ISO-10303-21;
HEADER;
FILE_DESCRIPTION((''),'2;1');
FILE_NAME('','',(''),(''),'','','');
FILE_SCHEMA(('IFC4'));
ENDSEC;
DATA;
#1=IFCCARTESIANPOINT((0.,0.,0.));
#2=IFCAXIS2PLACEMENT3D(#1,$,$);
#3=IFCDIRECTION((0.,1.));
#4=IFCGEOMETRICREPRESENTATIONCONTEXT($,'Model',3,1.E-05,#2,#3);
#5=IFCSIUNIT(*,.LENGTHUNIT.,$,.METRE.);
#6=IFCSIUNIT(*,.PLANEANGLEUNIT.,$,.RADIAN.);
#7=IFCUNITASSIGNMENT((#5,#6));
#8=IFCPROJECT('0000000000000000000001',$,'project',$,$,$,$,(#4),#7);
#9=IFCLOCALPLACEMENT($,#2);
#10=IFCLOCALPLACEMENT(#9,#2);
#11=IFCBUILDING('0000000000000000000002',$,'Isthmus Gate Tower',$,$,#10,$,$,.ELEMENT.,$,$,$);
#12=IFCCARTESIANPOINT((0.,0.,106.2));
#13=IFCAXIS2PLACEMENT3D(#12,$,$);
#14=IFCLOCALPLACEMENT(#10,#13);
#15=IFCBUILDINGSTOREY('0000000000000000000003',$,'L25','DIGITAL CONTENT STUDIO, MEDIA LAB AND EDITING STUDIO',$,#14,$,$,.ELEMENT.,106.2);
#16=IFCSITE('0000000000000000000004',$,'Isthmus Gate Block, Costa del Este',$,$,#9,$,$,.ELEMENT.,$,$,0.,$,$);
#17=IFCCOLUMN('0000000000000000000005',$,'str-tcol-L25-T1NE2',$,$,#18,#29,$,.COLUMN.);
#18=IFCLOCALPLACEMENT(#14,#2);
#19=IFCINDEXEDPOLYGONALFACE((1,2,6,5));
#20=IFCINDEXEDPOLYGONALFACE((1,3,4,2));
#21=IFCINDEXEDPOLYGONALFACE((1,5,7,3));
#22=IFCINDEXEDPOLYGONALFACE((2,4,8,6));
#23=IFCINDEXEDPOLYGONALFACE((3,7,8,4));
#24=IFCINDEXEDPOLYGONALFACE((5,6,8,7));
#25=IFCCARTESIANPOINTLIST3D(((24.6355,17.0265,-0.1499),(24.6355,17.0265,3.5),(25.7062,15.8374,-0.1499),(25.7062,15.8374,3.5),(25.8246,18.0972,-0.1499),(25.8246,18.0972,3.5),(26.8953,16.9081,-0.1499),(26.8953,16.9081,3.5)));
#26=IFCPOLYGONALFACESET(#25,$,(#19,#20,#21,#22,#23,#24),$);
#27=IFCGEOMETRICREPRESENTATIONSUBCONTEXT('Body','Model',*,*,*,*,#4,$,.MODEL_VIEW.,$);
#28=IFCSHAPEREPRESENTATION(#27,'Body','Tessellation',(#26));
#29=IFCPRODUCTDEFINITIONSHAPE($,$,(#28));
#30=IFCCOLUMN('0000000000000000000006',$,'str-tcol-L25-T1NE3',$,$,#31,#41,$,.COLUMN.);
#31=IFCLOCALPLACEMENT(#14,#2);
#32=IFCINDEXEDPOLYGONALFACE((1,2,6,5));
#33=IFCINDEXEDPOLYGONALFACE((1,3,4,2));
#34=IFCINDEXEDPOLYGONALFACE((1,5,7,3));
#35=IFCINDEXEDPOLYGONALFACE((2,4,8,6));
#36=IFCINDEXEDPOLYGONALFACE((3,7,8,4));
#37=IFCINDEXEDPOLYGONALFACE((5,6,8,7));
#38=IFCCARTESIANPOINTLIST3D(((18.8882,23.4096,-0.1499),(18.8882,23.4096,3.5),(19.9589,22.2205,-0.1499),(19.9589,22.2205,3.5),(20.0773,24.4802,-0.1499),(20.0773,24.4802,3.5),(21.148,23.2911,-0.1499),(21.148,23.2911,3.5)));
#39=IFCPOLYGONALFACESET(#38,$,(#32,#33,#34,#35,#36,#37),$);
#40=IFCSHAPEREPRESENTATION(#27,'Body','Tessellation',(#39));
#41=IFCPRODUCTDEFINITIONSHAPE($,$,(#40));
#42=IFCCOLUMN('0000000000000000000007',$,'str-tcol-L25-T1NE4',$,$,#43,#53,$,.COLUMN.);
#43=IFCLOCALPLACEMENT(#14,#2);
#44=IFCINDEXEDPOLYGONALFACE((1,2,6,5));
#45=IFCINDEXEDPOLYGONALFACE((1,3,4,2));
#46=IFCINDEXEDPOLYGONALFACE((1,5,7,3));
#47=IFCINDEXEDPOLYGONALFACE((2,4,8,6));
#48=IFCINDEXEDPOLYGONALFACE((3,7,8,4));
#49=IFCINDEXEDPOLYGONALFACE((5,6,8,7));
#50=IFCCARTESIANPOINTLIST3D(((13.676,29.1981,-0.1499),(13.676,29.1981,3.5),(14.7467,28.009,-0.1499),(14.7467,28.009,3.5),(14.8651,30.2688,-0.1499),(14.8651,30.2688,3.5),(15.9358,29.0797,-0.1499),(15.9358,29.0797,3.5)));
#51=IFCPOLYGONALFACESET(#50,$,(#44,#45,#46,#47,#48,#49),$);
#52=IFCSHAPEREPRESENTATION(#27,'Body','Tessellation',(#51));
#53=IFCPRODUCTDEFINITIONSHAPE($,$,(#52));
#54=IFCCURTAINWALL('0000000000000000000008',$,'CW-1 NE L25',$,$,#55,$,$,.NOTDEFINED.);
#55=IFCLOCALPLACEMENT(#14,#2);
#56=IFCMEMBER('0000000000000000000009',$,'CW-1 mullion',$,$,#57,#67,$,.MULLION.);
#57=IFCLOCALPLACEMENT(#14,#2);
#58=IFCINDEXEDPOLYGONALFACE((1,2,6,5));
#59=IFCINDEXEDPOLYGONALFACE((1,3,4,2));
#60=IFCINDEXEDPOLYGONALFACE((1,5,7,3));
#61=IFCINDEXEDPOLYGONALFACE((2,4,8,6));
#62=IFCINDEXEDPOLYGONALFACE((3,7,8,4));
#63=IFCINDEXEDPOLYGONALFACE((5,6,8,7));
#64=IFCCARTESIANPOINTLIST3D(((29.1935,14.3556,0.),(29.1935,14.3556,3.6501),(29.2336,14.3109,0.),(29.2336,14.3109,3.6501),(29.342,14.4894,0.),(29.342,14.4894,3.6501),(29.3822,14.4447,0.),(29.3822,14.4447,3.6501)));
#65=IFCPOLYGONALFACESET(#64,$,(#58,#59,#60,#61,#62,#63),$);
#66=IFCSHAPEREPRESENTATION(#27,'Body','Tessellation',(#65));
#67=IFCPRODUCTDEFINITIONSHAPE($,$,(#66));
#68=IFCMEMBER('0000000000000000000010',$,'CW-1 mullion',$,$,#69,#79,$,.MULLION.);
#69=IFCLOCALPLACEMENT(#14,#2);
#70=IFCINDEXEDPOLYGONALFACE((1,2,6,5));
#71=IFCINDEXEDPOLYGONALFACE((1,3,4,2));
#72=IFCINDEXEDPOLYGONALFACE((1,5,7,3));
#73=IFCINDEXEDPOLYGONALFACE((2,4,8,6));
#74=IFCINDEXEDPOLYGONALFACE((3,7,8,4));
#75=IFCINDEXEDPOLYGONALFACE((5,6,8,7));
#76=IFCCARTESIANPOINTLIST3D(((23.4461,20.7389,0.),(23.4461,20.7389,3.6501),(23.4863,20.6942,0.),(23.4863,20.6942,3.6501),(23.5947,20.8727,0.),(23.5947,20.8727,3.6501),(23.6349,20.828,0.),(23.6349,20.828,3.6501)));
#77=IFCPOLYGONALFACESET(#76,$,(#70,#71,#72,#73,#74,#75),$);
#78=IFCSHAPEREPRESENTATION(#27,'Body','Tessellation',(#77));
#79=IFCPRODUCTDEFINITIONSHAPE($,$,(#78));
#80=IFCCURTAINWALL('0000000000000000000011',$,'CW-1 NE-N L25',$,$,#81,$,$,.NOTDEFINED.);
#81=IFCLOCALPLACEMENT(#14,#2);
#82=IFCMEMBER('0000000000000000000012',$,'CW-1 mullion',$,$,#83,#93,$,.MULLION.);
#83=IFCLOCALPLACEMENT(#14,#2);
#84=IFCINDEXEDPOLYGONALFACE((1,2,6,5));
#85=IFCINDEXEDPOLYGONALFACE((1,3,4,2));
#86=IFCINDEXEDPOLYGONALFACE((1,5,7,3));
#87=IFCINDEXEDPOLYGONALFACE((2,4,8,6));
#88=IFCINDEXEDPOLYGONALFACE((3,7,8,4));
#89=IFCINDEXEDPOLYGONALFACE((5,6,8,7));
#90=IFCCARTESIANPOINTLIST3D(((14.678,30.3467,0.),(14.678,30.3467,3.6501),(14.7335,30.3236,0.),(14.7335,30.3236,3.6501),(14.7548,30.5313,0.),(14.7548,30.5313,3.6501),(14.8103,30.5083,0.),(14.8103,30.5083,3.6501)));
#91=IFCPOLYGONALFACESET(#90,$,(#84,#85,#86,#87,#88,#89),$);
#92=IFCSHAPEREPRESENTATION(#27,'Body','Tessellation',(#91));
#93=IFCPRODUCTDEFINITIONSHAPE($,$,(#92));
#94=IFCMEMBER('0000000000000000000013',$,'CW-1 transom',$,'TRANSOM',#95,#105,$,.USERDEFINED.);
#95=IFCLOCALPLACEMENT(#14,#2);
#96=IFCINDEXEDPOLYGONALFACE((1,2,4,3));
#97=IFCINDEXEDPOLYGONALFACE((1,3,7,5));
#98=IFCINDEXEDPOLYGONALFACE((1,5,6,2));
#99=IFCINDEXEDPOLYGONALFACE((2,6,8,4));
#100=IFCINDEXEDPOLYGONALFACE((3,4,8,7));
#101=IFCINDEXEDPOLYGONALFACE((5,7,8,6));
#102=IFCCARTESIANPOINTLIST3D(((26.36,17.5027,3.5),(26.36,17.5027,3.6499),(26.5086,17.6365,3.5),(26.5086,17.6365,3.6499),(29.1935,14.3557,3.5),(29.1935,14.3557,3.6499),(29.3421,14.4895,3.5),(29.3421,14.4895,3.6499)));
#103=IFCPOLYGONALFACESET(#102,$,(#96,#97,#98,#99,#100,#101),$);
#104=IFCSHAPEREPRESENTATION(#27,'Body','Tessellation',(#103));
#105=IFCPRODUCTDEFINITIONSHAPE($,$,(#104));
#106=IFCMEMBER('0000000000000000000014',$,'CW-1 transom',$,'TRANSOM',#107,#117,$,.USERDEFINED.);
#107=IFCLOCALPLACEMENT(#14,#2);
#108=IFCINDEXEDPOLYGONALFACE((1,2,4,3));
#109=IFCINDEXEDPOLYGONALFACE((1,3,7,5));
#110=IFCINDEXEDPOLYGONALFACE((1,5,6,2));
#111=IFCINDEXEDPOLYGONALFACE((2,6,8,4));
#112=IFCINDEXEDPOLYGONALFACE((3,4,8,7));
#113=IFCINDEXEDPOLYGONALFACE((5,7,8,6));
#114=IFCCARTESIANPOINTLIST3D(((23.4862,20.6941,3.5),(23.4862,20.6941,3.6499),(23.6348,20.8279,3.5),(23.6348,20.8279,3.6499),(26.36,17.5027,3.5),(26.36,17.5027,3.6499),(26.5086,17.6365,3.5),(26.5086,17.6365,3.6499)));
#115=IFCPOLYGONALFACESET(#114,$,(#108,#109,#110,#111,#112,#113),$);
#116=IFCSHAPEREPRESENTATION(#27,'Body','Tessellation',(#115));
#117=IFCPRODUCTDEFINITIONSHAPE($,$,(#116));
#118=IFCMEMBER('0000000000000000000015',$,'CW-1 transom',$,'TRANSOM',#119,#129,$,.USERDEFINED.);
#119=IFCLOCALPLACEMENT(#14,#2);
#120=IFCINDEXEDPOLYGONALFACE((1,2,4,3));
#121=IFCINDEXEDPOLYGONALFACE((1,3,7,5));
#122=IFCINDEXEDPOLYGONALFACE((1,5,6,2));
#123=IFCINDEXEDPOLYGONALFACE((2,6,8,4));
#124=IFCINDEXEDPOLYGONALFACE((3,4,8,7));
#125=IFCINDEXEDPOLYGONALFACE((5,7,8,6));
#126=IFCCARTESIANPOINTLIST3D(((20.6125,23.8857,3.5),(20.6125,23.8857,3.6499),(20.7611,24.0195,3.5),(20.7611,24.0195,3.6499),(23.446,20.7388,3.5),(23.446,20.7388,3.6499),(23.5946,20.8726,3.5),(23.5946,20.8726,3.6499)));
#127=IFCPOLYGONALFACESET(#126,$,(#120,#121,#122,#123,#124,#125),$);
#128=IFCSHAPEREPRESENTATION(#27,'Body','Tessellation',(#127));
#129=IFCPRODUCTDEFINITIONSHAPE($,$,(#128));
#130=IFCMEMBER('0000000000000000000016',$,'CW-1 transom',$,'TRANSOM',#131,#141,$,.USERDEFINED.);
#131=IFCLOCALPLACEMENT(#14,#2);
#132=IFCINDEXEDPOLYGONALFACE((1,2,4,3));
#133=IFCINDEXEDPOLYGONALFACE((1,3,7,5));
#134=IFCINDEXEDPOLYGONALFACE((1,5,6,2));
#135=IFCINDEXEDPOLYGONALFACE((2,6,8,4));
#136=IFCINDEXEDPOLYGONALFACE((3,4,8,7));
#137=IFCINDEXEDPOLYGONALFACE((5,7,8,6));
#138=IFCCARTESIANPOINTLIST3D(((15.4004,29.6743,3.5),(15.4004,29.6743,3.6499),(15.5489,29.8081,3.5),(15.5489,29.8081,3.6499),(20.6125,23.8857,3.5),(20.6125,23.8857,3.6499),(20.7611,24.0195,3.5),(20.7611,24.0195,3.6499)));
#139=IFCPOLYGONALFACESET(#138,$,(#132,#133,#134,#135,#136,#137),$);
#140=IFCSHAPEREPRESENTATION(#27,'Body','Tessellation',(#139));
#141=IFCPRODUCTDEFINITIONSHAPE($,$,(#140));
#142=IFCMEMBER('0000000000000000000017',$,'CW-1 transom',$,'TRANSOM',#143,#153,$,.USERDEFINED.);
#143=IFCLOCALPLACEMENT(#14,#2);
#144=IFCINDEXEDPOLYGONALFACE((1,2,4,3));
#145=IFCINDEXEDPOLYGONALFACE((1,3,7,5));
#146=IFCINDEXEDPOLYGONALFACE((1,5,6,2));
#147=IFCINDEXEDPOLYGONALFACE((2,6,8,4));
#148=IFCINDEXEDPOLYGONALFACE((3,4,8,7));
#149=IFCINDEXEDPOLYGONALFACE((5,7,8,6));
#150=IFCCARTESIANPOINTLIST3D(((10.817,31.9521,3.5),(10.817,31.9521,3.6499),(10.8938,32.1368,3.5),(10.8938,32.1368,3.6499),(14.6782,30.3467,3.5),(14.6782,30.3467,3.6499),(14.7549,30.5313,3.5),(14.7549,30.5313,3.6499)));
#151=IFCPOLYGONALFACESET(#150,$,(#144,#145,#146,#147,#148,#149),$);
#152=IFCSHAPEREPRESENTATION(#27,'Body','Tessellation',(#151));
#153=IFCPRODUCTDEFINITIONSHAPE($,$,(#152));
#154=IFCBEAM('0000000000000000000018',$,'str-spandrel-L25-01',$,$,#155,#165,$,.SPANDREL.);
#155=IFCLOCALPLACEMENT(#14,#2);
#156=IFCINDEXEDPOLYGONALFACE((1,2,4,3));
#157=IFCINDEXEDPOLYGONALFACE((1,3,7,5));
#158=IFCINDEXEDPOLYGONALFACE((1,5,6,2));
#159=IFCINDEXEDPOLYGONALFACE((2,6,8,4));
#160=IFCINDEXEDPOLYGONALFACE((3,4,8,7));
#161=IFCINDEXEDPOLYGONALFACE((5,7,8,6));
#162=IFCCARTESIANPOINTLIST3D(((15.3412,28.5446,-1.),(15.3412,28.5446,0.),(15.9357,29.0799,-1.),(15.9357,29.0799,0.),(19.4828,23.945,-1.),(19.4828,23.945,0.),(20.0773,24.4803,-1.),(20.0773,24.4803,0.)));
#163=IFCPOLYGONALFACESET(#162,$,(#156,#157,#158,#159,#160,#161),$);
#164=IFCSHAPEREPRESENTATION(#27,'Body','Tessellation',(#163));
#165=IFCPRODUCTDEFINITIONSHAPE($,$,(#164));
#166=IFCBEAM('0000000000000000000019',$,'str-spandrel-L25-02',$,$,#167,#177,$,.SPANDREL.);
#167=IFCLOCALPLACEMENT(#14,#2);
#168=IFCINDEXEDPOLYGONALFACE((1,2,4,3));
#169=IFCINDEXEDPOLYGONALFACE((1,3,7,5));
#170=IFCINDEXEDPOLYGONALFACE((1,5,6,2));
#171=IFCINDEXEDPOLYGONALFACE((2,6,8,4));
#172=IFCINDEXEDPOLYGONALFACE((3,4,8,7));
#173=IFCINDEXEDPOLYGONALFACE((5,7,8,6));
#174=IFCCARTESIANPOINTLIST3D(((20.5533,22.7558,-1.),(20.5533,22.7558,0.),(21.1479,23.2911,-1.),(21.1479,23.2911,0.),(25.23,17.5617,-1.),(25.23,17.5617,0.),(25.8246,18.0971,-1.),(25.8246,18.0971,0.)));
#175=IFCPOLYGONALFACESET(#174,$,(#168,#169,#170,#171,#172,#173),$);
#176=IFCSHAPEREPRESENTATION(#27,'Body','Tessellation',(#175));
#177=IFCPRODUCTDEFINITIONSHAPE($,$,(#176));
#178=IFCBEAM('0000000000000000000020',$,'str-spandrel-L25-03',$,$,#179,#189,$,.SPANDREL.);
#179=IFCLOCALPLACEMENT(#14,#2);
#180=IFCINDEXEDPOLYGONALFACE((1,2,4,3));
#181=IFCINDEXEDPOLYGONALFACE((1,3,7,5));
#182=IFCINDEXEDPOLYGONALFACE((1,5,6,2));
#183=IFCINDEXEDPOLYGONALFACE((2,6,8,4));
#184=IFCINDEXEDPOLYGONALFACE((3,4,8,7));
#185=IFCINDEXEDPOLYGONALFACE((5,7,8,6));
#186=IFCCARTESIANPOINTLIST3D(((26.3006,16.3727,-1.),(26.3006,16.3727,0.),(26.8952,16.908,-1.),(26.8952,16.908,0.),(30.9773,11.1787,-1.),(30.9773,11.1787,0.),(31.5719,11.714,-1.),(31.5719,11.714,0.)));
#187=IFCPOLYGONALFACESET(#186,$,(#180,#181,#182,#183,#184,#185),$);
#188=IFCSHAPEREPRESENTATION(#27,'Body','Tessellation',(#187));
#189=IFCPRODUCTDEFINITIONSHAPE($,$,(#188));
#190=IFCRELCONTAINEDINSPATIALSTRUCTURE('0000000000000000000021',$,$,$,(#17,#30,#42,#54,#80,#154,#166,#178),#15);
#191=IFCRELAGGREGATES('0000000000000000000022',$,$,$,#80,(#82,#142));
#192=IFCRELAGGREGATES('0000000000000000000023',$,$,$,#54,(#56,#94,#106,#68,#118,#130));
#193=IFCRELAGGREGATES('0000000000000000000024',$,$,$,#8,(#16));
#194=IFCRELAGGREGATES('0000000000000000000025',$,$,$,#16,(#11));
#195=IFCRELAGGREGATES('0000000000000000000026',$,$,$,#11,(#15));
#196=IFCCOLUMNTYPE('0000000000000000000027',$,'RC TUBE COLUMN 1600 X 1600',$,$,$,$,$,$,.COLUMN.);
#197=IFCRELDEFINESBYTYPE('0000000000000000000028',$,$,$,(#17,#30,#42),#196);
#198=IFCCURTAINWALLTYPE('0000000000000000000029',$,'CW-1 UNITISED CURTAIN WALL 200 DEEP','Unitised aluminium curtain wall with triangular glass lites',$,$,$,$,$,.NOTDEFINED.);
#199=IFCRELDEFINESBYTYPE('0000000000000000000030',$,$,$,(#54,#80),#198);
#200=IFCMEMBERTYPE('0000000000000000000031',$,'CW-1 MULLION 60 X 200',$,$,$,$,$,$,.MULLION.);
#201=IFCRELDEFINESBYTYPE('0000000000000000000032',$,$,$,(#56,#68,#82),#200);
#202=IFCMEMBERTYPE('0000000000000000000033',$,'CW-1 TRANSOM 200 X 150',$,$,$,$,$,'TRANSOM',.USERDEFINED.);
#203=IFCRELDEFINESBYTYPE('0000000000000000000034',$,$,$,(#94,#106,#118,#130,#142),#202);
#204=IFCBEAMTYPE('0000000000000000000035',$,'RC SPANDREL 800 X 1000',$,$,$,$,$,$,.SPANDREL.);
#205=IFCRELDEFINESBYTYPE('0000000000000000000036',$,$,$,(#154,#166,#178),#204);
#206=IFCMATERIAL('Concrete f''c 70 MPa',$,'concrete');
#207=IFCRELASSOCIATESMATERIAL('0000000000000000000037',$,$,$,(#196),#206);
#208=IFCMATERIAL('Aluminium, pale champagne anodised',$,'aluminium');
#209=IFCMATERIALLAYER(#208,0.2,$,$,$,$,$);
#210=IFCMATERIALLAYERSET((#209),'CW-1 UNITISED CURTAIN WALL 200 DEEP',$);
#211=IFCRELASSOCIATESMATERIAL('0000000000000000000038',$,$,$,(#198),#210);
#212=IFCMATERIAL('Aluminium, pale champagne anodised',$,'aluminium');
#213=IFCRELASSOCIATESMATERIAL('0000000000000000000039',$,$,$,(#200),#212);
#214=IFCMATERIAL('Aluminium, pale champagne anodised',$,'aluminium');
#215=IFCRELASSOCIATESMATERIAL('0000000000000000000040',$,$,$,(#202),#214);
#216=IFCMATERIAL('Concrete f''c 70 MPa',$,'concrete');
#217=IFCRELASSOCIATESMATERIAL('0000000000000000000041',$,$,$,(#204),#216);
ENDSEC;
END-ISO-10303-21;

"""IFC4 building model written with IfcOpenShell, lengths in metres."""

from ifc_helpers import new_model, si_unit, direction, frame, origin, origin_2d, place, context, subcontext, project, spatial, rectangle, extrude, material, layer, layer_set, material_profile, profile_set, type_object, element, aggregate, save


model = new_model("IFC4")

# Units and contexts
model_context = context("Model", 3, precision=1e-05, world=origin(), true_north=direction((0.0, 1.0)))
body_context = subcontext(model_context, "Body", "Model", "MODEL_VIEW")
ifc_project = project(units=[si_unit("LENGTHUNIT", "METRE"), si_unit("PLANEANGLEUNIT", "RADIAN")], contexts=[model_context])

# Site, building, storey
site_placement = place(None, origin())
site = spatial("IfcSite", under=ifc_project, at=site_placement, Name="Isthmus Gate Block, Costa del Este", CompositionType="ELEMENT", RefElevation=0.0)
building_placement = place(site_placement, origin())
building = spatial("IfcBuilding", under=site, at=building_placement, Name="Isthmus Gate Tower", CompositionType="ELEMENT")
storey_placement = place(building_placement, frame((0.0, 0.0, 106.2)))
storey = spatial("IfcBuildingStorey", under=building, at=storey_placement, Name="L25", Description="DIGITAL CONTENT STUDIO, MEDIA LAB AND EDITING STUDIO", CompositionType="ELEMENT", Elevation=106.2)

# Columns
ifc_material_1 = material(Name="Concrete f'c 70 MPa", Category="concrete")
ifc_material_profile_1 = material_profile(ifc_material_1, rectangle(XDim=1.6001, YDim=1.6001, at=origin_2d()), Name="RC 1600X1600")
ifc_profile_set_1 = profile_set([ifc_material_profile_1], Name="Concrete f'c 70 MPa")
column_type = type_object("IfcColumnType", Name="RC TUBE COLUMN 1600 X 1600", PredefinedType="COLUMN", material=ifc_profile_set_1)
for number, where, z_axis, x_axis, name in (
    (1, (25.7654, 16.9673, -0.1499), (0.0, 0.0, 1.0), (-0.669131, 0.743145, 0.0), "str-tcol-L25-T1NE2"),
    (2, (20.0181, 23.3503, -0.1499), (0.0, 0.0, 1.0), (-0.669131, 0.743145, 0.0), "str-tcol-L25-T1NE3"),
    (3, (14.8059, 29.1389, -0.1499), (0.0, 0.0, 1.0), (-0.669131, 0.743145, 0.0), "str-tcol-L25-T1NE4"),
):
    element("IfcColumn", number, at=place(storey_placement, frame(where, z_axis=z_axis, x_axis=x_axis)), inside=storey, type_object=column_type, Name=name, PredefinedType="COLUMN", context=body_context, shape_type="SweptSolid", body=[
        extrude(rectangle(XDim=1.6001, YDim=1.6001, at=origin_2d()), origin(), (0.0, 0.0, 1.0), 3.6499),
    ])

# Curtain wall, members
ifc_material_2 = material(Name="Aluminium, pale champagne anodised", Category="aluminium")
ifc_layer_1 = layer(ifc_material_2, 0.2)
ifc_layer_set_1 = layer_set([ifc_layer_1], Name="CW-1 UNITISED CURTAIN WALL 200 DEEP")
curtain_wall_type = type_object("IfcCurtainWallType", Name="CW-1 UNITISED CURTAIN WALL 200 DEEP", Description="Unitised aluminium curtain wall with triangular glass lites", PredefinedType="NOTDEFINED", material=ifc_layer_set_1)
curtain_wall_1_placement = place(storey_placement, origin())
curtain_wall_1 = element("IfcCurtainWall", 4, at=curtain_wall_1_placement, inside=storey, type_object=curtain_wall_type, Name="CW-1 NE L25", PredefinedType="NOTDEFINED")
ifc_material_3 = material(Name="Aluminium, pale champagne anodised", Category="aluminium")
ifc_material_profile_2 = material_profile(ifc_material_3, rectangle(XDim=0.0601, YDim=0.2, at=origin_2d()), Name="60x200")
ifc_profile_set_2 = profile_set([ifc_material_profile_2], Name="Aluminium, pale champagne anodised")
member_type_1 = type_object("IfcMemberType", Name="CW-1 MULLION 60 X 200", PredefinedType="MULLION", material=ifc_profile_set_2)
member_1_placement = place(storey_placement, frame((29.2878, 14.4001, 0.0), z_axis=(0.0, 0.0, 1.0), x_axis=(-0.669131, 0.743145, 0.0)))
member_1 = element("IfcMember", 5, at=member_1_placement, type_object=member_type_1, Name="CW-1 mullion", PredefinedType="MULLION", context=body_context, shape_type="SweptSolid", body=[
    extrude(rectangle(XDim=0.0601, YDim=0.2, at=origin_2d()), origin(), (0.0, 0.0, 1.0), 3.6501),
])
member_2_placement = place(storey_placement, frame((23.5405, 20.7834, 0.0), z_axis=(0.0, 0.0, 1.0), x_axis=(-0.669131, 0.743145, 0.0)))
member_2 = element("IfcMember", 6, at=member_2_placement, type_object=member_type_1, Name="CW-1 mullion", PredefinedType="MULLION", context=body_context, shape_type="SweptSolid", body=[
    extrude(rectangle(XDim=0.0601, YDim=0.2, at=origin_2d()), origin(), (0.0, 0.0, 1.0), 3.6501),
])

# Curtain wall, member
curtain_wall_2_placement = place(storey_placement, origin())
curtain_wall_2 = element("IfcCurtainWall", 7, at=curtain_wall_2_placement, inside=storey, type_object=curtain_wall_type, Name="CW-1 NE-N L25", PredefinedType="NOTDEFINED")
member_3_placement = place(storey_placement, frame((14.7441, 30.4275, 0.0), z_axis=(0.0, 0.0, 1.0), x_axis=(-0.923353, 0.383952, 0.0)))
member_3 = element("IfcMember", 8, at=member_3_placement, type_object=member_type_1, Name="CW-1 mullion", PredefinedType="MULLION", context=body_context, shape_type="SweptSolid", body=[
    extrude(rectangle(XDim=0.0601, YDim=0.2, at=origin_2d()), origin(), (0.0, 0.0, 1.0), 3.6501),
])

# Members
ifc_material_4 = material(Name="Aluminium, pale champagne anodised", Category="aluminium")
ifc_material_profile_3 = material_profile(ifc_material_4, rectangle(XDim=0.2, YDim=0.1499, at=origin_2d()), Name="200x150")
ifc_profile_set_3 = profile_set([ifc_material_profile_3], Name="Aluminium, pale champagne anodised")
member_type_2 = type_object("IfcMemberType", Name="CW-1 TRANSOM 200 X 150", ElementType="TRANSOM", PredefinedType="USERDEFINED", material=ifc_profile_set_3)
member_4_placement = place(storey_placement, frame((29.2678, 14.4226, 3.575), z_axis=(-0.669124, 0.743151, 0.0), x_axis=(-0.743151, -0.669124, 0.0)))
member_4 = element("IfcMember", 9, at=member_4_placement, type_object=member_type_2, Name="CW-1 transom", ObjectType="TRANSOM", PredefinedType="USERDEFINED", context=body_context, shape_type="SweptSolid", body=[
    extrude(rectangle(XDim=0.2, YDim=0.1499, at=origin_2d()), origin(), (0.0, 0.0, 1.0), 4.2346),
])
member_5_placement = place(storey_placement, frame((26.4343, 17.5696, 3.575), z_axis=(-0.669159, 0.743119, 0.0), x_axis=(-0.743119, -0.669159, 0.0)))
member_5 = element("IfcMember", 10, at=member_5_placement, type_object=member_type_2, Name="CW-1 transom", ObjectType="TRANSOM", PredefinedType="USERDEFINED", context=body_context, shape_type="SweptSolid", body=[
    extrude(rectangle(XDim=0.2, YDim=0.1499, at=origin_2d()), origin(), (0.0, 0.0, 1.0), 4.2947),
])
member_6_placement = place(storey_placement, frame((23.5203, 20.8057, 3.575), z_axis=(-0.669124, 0.743151, 0.0), x_axis=(-0.743151, -0.669124, 0.0)))
member_6 = element("IfcMember", 11, at=member_6_placement, type_object=member_type_2, Name="CW-1 transom", ObjectType="TRANSOM", PredefinedType="USERDEFINED", context=body_context, shape_type="SweptSolid", body=[
    extrude(rectangle(XDim=0.2, YDim=0.1499, at=origin_2d()), origin(), (0.0, 0.0, 1.0), 4.2346),
])
member_7_placement = place(storey_placement, frame((20.6868, 23.9526, 3.575), z_axis=(-0.669138, 0.743138, 0.0), x_axis=(-0.743138, -0.669138, 0.0)))
member_7 = element("IfcMember", 12, at=member_7_placement, type_object=member_type_2, Name="CW-1 transom", ObjectType="TRANSOM", PredefinedType="USERDEFINED", context=body_context, shape_type="SweptSolid", body=[
    extrude(rectangle(XDim=0.2, YDim=0.1499, at=origin_2d()), origin(), (0.0, 0.0, 1.0), 7.7893),
])
member_8_placement = place(storey_placement, frame((14.7166, 30.439, 3.575), z_axis=(-0.923358, 0.38394, 0.0), x_axis=(-0.38394, -0.923358, 0.0)))
member_8 = element("IfcMember", 13, at=member_8_placement, type_object=member_type_2, Name="CW-1 transom", ObjectType="TRANSOM", PredefinedType="USERDEFINED", context=body_context, shape_type="SweptSolid", body=[
    extrude(rectangle(XDim=0.2, YDim=0.1499, at=origin_2d()), origin(), (0.0, 0.0, 1.0), 4.1816),
])
aggregate(curtain_wall_2, [member_3, member_8])

# Beams
ifc_material_5 = material(Name="Concrete f'c 70 MPa", Category="concrete")
ifc_material_profile_4 = material_profile(ifc_material_5, rectangle(XDim=0.8, YDim=1.0, at=origin_2d()), Name="RC 800X1000")
ifc_profile_set_4 = profile_set([ifc_material_profile_4], Name="Concrete f'c 70 MPa")
beam_type_1 = type_object("IfcBeamType", Name="RC SPANDREL 800 X 1000", PredefinedType="SPANDREL", material=ifc_profile_set_4)
beam_1_placement = place(storey_placement, frame((15.6384, 28.8123, -0.5), z_axis=(0.669139, -0.743137, 0.0), x_axis=(0.743137, 0.669139, 0.0)))
element("IfcBeam", 14, at=beam_1_placement, inside=storey, type_object=beam_type_1, Name="str-spandrel-L25-01", PredefinedType="SPANDREL", context=body_context, shape_type="SweptSolid", body=[
    extrude(rectangle(XDim=0.8, YDim=1.0, at=origin_2d()), origin(), (0.0, 0.0, 1.0), 6.1895),
])
for number, where, z_axis, x_axis, name in (
    (15, (20.8506, 23.0234, -0.5), (0.669129, -0.743146, 0.0), (0.743146, 0.669129, 0.0), "str-spandrel-L25-02"),
    (16, (26.5979, 16.6404, -0.5), (0.669129, -0.743146, 0.0), (0.743146, 0.669129, 0.0), "str-spandrel-L25-03"),
):
    element("IfcBeam", number, at=place(storey_placement, frame(where, z_axis=z_axis, x_axis=x_axis)), inside=storey, type_object=beam_type_1, Name=name, PredefinedType="SPANDREL", context=body_context, shape_type="SweptSolid", body=[
        extrude(rectangle(XDim=0.8, YDim=1.0, at=origin_2d()), origin(), (0.0, 0.0, 1.0), 6.9893),
    ])

aggregate(curtain_wall_1, [member_1, member_4, member_5, member_2, member_6, member_7])

save(model, "model.ifc")
